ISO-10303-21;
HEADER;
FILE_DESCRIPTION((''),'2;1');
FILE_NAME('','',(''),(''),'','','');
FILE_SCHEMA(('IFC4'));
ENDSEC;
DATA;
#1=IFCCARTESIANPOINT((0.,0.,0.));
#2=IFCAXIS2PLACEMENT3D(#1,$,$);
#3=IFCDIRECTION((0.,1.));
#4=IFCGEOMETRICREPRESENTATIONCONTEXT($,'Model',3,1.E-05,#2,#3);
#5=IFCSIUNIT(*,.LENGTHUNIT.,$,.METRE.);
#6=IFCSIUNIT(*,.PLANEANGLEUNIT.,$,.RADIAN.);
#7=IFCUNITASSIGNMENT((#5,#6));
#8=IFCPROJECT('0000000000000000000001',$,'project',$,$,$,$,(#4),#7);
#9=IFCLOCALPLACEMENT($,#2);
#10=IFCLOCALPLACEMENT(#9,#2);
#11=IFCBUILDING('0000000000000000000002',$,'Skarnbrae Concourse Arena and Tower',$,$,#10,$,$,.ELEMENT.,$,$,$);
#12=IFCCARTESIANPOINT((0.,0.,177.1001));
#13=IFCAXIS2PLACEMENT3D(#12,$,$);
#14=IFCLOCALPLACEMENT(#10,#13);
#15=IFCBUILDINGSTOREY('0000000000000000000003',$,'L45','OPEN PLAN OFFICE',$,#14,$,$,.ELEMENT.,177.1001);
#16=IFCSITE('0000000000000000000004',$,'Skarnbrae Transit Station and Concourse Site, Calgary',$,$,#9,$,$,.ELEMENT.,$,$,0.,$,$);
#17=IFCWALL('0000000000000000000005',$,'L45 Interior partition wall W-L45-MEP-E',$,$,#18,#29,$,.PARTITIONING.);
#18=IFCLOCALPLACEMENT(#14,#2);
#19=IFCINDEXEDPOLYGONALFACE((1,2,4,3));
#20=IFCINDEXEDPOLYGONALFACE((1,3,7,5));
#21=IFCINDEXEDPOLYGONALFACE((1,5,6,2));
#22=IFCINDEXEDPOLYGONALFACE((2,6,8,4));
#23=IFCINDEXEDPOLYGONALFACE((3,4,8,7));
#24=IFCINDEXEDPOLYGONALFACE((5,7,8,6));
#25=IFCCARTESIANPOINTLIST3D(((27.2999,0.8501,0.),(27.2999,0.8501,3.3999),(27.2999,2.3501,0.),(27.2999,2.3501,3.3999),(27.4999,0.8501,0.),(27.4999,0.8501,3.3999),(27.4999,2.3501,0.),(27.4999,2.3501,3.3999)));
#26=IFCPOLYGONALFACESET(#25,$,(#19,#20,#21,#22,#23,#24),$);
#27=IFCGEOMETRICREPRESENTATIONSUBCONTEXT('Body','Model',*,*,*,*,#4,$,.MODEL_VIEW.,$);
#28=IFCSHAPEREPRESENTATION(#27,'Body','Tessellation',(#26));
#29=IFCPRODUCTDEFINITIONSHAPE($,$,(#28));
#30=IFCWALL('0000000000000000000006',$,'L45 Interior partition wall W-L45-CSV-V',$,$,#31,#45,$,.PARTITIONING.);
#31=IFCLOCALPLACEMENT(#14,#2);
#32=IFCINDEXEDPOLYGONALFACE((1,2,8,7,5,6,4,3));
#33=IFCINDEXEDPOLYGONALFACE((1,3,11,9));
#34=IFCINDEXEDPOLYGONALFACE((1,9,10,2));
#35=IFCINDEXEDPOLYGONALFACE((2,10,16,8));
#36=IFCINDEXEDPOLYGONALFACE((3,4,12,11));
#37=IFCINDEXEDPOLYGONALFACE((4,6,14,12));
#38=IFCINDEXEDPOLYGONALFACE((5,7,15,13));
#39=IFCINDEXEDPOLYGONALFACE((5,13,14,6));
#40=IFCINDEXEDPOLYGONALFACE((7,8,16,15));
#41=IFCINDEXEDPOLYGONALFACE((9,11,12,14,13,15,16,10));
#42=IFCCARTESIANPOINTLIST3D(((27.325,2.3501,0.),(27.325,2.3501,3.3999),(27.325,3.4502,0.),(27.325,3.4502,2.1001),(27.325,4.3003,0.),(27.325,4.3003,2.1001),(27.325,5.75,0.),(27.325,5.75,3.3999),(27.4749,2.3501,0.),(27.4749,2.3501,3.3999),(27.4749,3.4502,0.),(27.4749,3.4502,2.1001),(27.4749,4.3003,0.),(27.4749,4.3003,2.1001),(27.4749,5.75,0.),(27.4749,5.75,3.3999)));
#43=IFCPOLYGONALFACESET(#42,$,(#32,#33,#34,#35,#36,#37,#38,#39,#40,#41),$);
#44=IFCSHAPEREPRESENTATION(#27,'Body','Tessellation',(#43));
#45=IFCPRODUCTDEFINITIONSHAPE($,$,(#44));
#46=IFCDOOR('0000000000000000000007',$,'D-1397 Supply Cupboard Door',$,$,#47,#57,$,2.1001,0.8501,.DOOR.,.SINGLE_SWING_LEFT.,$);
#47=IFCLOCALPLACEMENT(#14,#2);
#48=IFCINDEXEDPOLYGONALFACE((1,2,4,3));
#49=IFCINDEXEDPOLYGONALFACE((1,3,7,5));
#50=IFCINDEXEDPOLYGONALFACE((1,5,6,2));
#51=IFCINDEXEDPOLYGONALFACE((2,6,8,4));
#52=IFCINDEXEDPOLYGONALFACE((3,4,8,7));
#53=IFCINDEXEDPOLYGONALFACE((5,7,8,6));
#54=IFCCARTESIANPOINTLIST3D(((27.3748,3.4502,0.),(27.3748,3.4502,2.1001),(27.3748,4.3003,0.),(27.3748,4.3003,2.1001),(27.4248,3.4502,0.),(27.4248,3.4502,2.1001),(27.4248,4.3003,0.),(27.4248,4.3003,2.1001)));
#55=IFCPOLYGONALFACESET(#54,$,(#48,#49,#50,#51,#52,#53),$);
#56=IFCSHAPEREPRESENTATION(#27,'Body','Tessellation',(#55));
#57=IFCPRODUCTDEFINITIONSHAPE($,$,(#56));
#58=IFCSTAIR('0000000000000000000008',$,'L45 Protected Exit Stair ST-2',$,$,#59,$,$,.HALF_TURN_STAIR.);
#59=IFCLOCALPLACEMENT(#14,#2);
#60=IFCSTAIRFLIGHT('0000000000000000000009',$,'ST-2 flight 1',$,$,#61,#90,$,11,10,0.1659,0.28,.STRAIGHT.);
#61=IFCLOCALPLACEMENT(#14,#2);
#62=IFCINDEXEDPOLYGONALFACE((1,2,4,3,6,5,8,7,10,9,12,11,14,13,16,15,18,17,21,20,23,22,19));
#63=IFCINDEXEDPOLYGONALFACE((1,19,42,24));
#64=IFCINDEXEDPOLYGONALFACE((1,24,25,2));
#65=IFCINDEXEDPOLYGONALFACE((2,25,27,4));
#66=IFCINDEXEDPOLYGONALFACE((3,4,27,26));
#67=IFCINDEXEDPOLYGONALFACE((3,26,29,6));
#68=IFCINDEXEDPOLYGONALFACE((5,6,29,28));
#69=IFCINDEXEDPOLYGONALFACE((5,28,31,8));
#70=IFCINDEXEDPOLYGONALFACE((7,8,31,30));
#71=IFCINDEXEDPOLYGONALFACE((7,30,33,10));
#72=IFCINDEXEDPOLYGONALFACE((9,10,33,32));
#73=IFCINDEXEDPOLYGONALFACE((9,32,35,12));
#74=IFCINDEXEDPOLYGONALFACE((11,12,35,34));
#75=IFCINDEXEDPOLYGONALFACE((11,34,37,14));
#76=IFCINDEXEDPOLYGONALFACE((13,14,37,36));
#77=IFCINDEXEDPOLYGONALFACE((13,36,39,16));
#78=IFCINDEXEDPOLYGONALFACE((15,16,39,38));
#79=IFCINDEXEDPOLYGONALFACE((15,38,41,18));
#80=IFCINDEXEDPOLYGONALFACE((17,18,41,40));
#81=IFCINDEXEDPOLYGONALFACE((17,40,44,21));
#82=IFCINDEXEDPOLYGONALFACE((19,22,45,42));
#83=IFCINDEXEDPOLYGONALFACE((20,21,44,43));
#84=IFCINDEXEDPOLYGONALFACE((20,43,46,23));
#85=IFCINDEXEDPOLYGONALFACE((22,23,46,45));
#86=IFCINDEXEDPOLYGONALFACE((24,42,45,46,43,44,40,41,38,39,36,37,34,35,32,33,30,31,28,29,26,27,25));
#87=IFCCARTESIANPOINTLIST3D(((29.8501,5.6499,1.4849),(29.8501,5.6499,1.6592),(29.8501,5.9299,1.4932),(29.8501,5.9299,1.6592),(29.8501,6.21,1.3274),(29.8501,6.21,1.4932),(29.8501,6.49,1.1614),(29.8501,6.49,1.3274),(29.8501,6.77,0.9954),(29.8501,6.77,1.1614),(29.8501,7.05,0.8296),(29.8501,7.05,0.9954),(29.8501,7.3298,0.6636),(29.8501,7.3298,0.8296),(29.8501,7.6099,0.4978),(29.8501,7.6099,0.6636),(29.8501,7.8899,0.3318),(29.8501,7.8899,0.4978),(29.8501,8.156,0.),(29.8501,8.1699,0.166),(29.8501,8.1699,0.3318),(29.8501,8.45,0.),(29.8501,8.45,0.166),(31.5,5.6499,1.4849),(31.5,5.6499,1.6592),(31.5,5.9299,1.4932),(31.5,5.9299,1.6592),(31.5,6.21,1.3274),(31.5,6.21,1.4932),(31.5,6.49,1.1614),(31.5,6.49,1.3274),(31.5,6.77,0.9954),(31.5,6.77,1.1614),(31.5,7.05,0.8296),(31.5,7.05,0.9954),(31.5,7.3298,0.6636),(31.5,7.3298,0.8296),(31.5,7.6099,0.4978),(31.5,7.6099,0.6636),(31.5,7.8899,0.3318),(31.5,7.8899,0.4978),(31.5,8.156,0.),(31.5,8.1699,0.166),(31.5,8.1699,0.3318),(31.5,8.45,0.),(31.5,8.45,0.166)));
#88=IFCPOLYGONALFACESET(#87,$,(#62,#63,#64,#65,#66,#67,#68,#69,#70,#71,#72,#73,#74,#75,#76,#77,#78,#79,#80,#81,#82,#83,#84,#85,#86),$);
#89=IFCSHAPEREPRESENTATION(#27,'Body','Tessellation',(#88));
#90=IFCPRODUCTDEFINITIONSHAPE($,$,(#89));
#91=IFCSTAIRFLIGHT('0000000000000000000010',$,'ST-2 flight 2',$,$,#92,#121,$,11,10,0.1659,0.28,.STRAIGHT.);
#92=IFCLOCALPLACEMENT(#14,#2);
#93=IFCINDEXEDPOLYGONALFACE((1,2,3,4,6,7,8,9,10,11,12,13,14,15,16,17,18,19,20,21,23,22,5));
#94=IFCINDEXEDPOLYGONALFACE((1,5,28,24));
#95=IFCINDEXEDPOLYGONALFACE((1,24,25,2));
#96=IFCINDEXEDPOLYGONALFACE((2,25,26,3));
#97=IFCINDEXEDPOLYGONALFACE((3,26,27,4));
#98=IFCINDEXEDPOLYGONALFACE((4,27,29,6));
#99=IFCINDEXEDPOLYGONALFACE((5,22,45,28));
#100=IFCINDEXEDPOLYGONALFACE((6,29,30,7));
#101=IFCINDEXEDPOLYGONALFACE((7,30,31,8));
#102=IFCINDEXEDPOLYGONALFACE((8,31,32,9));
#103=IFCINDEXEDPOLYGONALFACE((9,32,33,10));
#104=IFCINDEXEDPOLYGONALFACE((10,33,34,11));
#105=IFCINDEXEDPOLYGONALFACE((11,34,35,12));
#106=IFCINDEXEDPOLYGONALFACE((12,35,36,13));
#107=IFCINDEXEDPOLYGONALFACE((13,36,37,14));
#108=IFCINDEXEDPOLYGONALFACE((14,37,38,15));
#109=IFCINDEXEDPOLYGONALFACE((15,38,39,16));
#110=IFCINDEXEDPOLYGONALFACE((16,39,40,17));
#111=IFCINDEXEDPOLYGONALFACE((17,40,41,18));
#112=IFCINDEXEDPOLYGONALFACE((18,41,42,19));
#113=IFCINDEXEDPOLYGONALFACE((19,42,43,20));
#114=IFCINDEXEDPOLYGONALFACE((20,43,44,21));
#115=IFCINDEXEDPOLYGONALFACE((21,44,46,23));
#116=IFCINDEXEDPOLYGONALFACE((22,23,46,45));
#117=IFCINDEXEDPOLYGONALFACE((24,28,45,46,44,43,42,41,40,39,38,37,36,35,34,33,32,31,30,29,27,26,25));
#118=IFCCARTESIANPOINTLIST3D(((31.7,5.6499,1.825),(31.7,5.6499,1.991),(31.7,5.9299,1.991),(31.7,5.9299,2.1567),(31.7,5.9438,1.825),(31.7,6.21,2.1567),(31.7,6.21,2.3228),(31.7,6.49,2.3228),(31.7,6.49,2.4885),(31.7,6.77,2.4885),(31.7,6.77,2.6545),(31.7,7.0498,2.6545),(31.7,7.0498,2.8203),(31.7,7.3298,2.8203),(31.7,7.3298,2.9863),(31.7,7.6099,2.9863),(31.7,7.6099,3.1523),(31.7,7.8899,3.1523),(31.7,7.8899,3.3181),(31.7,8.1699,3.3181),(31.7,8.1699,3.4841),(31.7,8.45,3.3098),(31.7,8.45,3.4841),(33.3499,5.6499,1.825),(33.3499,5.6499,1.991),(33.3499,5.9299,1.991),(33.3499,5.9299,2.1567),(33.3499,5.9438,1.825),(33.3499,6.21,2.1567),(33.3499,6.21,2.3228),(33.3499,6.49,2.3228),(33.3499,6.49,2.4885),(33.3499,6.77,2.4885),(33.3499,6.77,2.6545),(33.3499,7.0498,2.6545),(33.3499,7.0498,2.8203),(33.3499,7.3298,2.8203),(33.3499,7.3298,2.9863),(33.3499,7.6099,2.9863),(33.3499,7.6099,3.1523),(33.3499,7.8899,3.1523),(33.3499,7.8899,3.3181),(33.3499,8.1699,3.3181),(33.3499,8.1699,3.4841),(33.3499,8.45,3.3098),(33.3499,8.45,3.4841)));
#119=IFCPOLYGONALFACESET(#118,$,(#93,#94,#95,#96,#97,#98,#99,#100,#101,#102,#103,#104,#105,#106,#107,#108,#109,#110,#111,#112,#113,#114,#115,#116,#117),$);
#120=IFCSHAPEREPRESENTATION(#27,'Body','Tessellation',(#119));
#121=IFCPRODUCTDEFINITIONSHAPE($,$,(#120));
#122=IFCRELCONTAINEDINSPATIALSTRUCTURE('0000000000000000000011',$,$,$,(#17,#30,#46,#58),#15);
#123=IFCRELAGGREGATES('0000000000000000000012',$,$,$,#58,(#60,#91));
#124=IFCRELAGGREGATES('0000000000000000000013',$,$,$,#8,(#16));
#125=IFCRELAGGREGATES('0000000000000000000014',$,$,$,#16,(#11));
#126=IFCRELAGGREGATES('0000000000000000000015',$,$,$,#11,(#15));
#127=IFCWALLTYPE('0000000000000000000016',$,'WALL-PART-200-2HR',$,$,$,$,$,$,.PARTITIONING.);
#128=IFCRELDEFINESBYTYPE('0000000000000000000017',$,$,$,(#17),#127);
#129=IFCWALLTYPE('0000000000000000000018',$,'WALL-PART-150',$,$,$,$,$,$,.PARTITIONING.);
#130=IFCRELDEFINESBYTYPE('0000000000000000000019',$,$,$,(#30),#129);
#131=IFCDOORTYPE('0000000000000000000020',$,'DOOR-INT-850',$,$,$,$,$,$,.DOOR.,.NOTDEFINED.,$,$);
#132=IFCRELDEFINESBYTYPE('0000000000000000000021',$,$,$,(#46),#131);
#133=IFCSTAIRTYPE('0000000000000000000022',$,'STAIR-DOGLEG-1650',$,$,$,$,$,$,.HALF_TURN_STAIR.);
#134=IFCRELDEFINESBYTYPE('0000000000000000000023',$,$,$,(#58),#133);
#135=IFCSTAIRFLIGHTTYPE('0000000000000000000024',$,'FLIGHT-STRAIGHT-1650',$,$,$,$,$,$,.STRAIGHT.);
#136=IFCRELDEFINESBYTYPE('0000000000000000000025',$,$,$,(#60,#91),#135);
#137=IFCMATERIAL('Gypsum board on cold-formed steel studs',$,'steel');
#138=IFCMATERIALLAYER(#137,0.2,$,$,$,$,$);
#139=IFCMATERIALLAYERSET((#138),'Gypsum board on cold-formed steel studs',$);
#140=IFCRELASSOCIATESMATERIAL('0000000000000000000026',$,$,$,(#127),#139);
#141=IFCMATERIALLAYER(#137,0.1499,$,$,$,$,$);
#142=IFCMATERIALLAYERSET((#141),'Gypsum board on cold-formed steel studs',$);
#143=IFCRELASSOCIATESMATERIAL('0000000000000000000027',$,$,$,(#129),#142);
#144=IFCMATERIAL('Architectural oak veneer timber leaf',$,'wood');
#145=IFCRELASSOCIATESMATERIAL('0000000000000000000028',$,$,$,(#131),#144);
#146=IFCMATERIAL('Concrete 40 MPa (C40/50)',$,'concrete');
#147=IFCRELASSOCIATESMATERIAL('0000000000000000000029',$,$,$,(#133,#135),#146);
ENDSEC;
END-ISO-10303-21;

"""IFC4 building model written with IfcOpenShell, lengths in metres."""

from ifc_helpers import new_model, si_unit, direction, frame, frame_2d, origin, place, context, subcontext, project, spatial, polyline, rectangle, outline, extrude, source, transform, mapped, material, layer, layer_set, type_object, element, fill, aggregate, save


model = new_model("IFC4")

# Units and contexts
model_context = context("Model", 3, precision=1e-05, world=origin(), true_north=direction((0.0, 1.0)))
body_context = subcontext(model_context, "Body", "Model", "MODEL_VIEW")
ifc_project = project(units=[si_unit("LENGTHUNIT", "METRE"), si_unit("PLANEANGLEUNIT", "RADIAN")], contexts=[model_context])

# Site, building, storey
site_placement = place(None, origin())
site = spatial("IfcSite", under=ifc_project, at=site_placement, Name="Skarnbrae Transit Station and Concourse Site, Calgary", CompositionType="ELEMENT", RefElevation=0.0)
building_placement = place(site_placement, origin())
building = spatial("IfcBuilding", under=site, at=building_placement, Name="Skarnbrae Concourse Arena and Tower", CompositionType="ELEMENT")
storey_placement = place(building_placement, frame((0.0, 0.0, 177.1001)))
storey = spatial("IfcBuildingStorey", under=building, at=storey_placement, Name="L45", Description="OPEN PLAN OFFICE", CompositionType="ELEMENT", Elevation=177.1001)

# Shared definitions
ifc_material_1 = material(Name="Gypsum board on cold-formed steel studs", Category="steel")
ifc_layer_1 = layer(ifc_material_1, 0.2)
ifc_layer_set_1 = layer_set([ifc_layer_1], Name="Gypsum board on cold-formed steel studs")
wall_type_1 = type_object("IfcWallType", Name="WALL-PART-200-2HR", PredefinedType="PARTITIONING", material=ifc_layer_set_1)
ifc_layer_2 = layer(ifc_material_1, 0.1499)
ifc_layer_set_2 = layer_set([ifc_layer_2], Name="Gypsum board on cold-formed steel studs")
wall_type_2 = type_object("IfcWallType", Name="WALL-PART-150", PredefinedType="PARTITIONING", material=ifc_layer_set_2)

# Wall
shared_shape_1 = source(origin(), body_context, "Body", "SweptSolid", [
    extrude(rectangle(XDim=1.5, YDim=0.2, at=frame_2d((0.75, 0.0))), origin(), (0.0, 0.0, 1.0), 3.3999),
])
wall_1_placement = place(storey_placement, frame((27.3999, 0.8501, 0.0), z_axis=(0.0, 0.0, 1.0), x_axis=(0.0, 1.0, 0.0)))
element("IfcWall", 1, at=wall_1_placement, inside=storey, type_object=wall_type_1, Name="L45 Interior partition wall W-L45-MEP-E", PredefinedType="PARTITIONING", context=body_context, shape_type="MappedRepresentation", body=[
    mapped(shared_shape_1, transform((0.0, 0.0, 0.0))),
])

# Wall, opening, door
shared_shape_2 = source(origin(), body_context, "Body", "SweptSolid", [
    extrude(rectangle(XDim=3.3999, YDim=0.1499, at=frame_2d((1.7, 0.0))), origin(), (0.0, 0.0, 1.0), 3.3999),
])
wall_2_placement = place(storey_placement, frame((27.3999, 2.3501, 0.0), z_axis=(0.0, 0.0, 1.0), x_axis=(0.0, 1.0, 0.0)))
wall_2 = element("IfcWall", 2, at=wall_2_placement, inside=storey, type_object=wall_type_2, Name="L45 Interior partition wall W-L45-CSV-V", PredefinedType="PARTITIONING", context=body_context, shape_type="MappedRepresentation", body=[
    mapped(shared_shape_2, transform((0.0, 0.0, 0.0))),
])
opening_1_placement = place(wall_2_placement, frame((1.1001, 0.0, 0.0)))
opening_1 = element("IfcOpeningElement", 3, at=opening_1_placement, cuts=wall_2, PredefinedType="OPENING", context=body_context, shape_type="SweptSolid", body=[
    extrude(rectangle(XDim=0.8501, YDim=2.1001, at=frame_2d((0.425, 1.05))), frame((0.0, 0.085, 0.0), z_axis=(0.0, -1.0, 0.0), x_axis=(1.0, 0.0, 0.0)), (0.0, 0.0, 1.0), 0.1699),
])
ifc_material_2 = material(Name="Architectural oak veneer timber leaf", Category="wood")
door_type_1 = type_object("IfcDoorType", Name="DOOR-INT-850", OperationType="NOTDEFINED", PredefinedType="DOOR", material=ifc_material_2)
shared_shape_3 = source(origin(), body_context, "Body", "SweptSolid", [
    extrude(rectangle(XDim=0.8501, YDim=2.1001, at=frame_2d((0.425, 1.05))), frame((0.0, 0.0249, 0.0), z_axis=(0.0, -1.0, 0.0), x_axis=(1.0, 0.0, 0.0)), (0.0, 0.0, 1.0), 0.05),
])
door_1_placement = place(opening_1_placement, frame((0.8501, 0.0, 0.0), z_axis=(0.0, 0.0, 1.0), x_axis=(-1.0, 0.0, 0.0)))
door_1 = element("IfcDoor", 4, at=door_1_placement, inside=storey, type_object=door_type_1, Name="D-1397 Supply Cupboard Door", OperationType="SINGLE_SWING_LEFT", OverallHeight=2.1001, OverallWidth=0.8501, PredefinedType="DOOR", context=body_context, shape_type="MappedRepresentation", body=[
    mapped(shared_shape_3, transform((0.0, 0.0, 0.0))),
])
fill(opening_1, door_1)

# Stair, stair flights
ifc_material_3 = material(Name="Concrete 40 MPa (C40/50)", Category="concrete")
stair_type = type_object("IfcStairType", Name="STAIR-DOGLEG-1650", PredefinedType="HALF_TURN_STAIR", material=ifc_material_3)
stair_placement = place(storey_placement, origin())
stair = element("IfcStair", 5, at=stair_placement, inside=storey, type_object=stair_type, Name="L45 Protected Exit Stair ST-2", PredefinedType="HALF_TURN_STAIR")
stair_flight_type = type_object("IfcStairFlightType", Name="FLIGHT-STRAIGHT-1650", PredefinedType="STRAIGHT", material=ifc_material_3)
shared_shape_4 = source(origin(), body_context, "Body", "SweptSolid", [
    extrude(outline(polyline([(0.0, 0.0), (0.0, 0.166), (0.28, 0.166), (0.28, 0.3318), (0.5601, 0.3318), (0.5601, 0.4978), (0.8401, 0.4978), (0.8401, 0.6636), (1.1201, 0.6636), (1.1201, 0.8296), (1.3999, 0.8296), (1.3999, 0.9954), (1.6799, 0.9954), (1.6799, 1.1614), (1.96, 1.1614), (1.96, 1.3274), (2.24, 1.3274), (2.24, 1.4932), (2.52, 1.4932), (2.52, 1.6592), (2.8, 1.6592), (2.8, 1.825), (2.8, 1.4849), (0.2939, 0.0), (0.0, 0.0)])), frame((0.0, 0.825, 0.0), z_axis=(0.0, -1.0, 0.0), x_axis=(1.0, 0.0, 0.0)), (0.0, 0.0, 1.0), 1.6499),
])
stair_flight_1_placement = place(storey_placement, frame((30.675, 8.45, 0.0), z_axis=(0.0, 0.0, 1.0), x_axis=(0.0, -1.0, 0.0)))
stair_flight_1 = element("IfcStairFlight", 6, at=stair_flight_1_placement, type_object=stair_flight_type, Name="ST-2 flight 1", NumberOfRisers=11, NumberOfTreads=10, PredefinedType="STRAIGHT", RiserHeight=0.1659, TreadLength=0.28, context=body_context, shape_type="MappedRepresentation", body=[
    mapped(shared_shape_4, transform((0.0, 0.0, 0.0))),
])
stair_flight_2_placement = place(storey_placement, frame((32.5249, 5.6499, 1.825), z_axis=(0.0, 0.0, 1.0), x_axis=(0.0, 1.0, 0.0)))
stair_flight_2 = element("IfcStairFlight", 7, at=stair_flight_2_placement, type_object=stair_flight_type, Name="ST-2 flight 2", NumberOfRisers=11, NumberOfTreads=10, PredefinedType="STRAIGHT", RiserHeight=0.1659, TreadLength=0.28, context=body_context, shape_type="MappedRepresentation", body=[
    mapped(shared_shape_4, transform((0.0, 0.0, 0.0))),
])
aggregate(stair, [stair_flight_1, stair_flight_2])

save(model, "model.ifc")
